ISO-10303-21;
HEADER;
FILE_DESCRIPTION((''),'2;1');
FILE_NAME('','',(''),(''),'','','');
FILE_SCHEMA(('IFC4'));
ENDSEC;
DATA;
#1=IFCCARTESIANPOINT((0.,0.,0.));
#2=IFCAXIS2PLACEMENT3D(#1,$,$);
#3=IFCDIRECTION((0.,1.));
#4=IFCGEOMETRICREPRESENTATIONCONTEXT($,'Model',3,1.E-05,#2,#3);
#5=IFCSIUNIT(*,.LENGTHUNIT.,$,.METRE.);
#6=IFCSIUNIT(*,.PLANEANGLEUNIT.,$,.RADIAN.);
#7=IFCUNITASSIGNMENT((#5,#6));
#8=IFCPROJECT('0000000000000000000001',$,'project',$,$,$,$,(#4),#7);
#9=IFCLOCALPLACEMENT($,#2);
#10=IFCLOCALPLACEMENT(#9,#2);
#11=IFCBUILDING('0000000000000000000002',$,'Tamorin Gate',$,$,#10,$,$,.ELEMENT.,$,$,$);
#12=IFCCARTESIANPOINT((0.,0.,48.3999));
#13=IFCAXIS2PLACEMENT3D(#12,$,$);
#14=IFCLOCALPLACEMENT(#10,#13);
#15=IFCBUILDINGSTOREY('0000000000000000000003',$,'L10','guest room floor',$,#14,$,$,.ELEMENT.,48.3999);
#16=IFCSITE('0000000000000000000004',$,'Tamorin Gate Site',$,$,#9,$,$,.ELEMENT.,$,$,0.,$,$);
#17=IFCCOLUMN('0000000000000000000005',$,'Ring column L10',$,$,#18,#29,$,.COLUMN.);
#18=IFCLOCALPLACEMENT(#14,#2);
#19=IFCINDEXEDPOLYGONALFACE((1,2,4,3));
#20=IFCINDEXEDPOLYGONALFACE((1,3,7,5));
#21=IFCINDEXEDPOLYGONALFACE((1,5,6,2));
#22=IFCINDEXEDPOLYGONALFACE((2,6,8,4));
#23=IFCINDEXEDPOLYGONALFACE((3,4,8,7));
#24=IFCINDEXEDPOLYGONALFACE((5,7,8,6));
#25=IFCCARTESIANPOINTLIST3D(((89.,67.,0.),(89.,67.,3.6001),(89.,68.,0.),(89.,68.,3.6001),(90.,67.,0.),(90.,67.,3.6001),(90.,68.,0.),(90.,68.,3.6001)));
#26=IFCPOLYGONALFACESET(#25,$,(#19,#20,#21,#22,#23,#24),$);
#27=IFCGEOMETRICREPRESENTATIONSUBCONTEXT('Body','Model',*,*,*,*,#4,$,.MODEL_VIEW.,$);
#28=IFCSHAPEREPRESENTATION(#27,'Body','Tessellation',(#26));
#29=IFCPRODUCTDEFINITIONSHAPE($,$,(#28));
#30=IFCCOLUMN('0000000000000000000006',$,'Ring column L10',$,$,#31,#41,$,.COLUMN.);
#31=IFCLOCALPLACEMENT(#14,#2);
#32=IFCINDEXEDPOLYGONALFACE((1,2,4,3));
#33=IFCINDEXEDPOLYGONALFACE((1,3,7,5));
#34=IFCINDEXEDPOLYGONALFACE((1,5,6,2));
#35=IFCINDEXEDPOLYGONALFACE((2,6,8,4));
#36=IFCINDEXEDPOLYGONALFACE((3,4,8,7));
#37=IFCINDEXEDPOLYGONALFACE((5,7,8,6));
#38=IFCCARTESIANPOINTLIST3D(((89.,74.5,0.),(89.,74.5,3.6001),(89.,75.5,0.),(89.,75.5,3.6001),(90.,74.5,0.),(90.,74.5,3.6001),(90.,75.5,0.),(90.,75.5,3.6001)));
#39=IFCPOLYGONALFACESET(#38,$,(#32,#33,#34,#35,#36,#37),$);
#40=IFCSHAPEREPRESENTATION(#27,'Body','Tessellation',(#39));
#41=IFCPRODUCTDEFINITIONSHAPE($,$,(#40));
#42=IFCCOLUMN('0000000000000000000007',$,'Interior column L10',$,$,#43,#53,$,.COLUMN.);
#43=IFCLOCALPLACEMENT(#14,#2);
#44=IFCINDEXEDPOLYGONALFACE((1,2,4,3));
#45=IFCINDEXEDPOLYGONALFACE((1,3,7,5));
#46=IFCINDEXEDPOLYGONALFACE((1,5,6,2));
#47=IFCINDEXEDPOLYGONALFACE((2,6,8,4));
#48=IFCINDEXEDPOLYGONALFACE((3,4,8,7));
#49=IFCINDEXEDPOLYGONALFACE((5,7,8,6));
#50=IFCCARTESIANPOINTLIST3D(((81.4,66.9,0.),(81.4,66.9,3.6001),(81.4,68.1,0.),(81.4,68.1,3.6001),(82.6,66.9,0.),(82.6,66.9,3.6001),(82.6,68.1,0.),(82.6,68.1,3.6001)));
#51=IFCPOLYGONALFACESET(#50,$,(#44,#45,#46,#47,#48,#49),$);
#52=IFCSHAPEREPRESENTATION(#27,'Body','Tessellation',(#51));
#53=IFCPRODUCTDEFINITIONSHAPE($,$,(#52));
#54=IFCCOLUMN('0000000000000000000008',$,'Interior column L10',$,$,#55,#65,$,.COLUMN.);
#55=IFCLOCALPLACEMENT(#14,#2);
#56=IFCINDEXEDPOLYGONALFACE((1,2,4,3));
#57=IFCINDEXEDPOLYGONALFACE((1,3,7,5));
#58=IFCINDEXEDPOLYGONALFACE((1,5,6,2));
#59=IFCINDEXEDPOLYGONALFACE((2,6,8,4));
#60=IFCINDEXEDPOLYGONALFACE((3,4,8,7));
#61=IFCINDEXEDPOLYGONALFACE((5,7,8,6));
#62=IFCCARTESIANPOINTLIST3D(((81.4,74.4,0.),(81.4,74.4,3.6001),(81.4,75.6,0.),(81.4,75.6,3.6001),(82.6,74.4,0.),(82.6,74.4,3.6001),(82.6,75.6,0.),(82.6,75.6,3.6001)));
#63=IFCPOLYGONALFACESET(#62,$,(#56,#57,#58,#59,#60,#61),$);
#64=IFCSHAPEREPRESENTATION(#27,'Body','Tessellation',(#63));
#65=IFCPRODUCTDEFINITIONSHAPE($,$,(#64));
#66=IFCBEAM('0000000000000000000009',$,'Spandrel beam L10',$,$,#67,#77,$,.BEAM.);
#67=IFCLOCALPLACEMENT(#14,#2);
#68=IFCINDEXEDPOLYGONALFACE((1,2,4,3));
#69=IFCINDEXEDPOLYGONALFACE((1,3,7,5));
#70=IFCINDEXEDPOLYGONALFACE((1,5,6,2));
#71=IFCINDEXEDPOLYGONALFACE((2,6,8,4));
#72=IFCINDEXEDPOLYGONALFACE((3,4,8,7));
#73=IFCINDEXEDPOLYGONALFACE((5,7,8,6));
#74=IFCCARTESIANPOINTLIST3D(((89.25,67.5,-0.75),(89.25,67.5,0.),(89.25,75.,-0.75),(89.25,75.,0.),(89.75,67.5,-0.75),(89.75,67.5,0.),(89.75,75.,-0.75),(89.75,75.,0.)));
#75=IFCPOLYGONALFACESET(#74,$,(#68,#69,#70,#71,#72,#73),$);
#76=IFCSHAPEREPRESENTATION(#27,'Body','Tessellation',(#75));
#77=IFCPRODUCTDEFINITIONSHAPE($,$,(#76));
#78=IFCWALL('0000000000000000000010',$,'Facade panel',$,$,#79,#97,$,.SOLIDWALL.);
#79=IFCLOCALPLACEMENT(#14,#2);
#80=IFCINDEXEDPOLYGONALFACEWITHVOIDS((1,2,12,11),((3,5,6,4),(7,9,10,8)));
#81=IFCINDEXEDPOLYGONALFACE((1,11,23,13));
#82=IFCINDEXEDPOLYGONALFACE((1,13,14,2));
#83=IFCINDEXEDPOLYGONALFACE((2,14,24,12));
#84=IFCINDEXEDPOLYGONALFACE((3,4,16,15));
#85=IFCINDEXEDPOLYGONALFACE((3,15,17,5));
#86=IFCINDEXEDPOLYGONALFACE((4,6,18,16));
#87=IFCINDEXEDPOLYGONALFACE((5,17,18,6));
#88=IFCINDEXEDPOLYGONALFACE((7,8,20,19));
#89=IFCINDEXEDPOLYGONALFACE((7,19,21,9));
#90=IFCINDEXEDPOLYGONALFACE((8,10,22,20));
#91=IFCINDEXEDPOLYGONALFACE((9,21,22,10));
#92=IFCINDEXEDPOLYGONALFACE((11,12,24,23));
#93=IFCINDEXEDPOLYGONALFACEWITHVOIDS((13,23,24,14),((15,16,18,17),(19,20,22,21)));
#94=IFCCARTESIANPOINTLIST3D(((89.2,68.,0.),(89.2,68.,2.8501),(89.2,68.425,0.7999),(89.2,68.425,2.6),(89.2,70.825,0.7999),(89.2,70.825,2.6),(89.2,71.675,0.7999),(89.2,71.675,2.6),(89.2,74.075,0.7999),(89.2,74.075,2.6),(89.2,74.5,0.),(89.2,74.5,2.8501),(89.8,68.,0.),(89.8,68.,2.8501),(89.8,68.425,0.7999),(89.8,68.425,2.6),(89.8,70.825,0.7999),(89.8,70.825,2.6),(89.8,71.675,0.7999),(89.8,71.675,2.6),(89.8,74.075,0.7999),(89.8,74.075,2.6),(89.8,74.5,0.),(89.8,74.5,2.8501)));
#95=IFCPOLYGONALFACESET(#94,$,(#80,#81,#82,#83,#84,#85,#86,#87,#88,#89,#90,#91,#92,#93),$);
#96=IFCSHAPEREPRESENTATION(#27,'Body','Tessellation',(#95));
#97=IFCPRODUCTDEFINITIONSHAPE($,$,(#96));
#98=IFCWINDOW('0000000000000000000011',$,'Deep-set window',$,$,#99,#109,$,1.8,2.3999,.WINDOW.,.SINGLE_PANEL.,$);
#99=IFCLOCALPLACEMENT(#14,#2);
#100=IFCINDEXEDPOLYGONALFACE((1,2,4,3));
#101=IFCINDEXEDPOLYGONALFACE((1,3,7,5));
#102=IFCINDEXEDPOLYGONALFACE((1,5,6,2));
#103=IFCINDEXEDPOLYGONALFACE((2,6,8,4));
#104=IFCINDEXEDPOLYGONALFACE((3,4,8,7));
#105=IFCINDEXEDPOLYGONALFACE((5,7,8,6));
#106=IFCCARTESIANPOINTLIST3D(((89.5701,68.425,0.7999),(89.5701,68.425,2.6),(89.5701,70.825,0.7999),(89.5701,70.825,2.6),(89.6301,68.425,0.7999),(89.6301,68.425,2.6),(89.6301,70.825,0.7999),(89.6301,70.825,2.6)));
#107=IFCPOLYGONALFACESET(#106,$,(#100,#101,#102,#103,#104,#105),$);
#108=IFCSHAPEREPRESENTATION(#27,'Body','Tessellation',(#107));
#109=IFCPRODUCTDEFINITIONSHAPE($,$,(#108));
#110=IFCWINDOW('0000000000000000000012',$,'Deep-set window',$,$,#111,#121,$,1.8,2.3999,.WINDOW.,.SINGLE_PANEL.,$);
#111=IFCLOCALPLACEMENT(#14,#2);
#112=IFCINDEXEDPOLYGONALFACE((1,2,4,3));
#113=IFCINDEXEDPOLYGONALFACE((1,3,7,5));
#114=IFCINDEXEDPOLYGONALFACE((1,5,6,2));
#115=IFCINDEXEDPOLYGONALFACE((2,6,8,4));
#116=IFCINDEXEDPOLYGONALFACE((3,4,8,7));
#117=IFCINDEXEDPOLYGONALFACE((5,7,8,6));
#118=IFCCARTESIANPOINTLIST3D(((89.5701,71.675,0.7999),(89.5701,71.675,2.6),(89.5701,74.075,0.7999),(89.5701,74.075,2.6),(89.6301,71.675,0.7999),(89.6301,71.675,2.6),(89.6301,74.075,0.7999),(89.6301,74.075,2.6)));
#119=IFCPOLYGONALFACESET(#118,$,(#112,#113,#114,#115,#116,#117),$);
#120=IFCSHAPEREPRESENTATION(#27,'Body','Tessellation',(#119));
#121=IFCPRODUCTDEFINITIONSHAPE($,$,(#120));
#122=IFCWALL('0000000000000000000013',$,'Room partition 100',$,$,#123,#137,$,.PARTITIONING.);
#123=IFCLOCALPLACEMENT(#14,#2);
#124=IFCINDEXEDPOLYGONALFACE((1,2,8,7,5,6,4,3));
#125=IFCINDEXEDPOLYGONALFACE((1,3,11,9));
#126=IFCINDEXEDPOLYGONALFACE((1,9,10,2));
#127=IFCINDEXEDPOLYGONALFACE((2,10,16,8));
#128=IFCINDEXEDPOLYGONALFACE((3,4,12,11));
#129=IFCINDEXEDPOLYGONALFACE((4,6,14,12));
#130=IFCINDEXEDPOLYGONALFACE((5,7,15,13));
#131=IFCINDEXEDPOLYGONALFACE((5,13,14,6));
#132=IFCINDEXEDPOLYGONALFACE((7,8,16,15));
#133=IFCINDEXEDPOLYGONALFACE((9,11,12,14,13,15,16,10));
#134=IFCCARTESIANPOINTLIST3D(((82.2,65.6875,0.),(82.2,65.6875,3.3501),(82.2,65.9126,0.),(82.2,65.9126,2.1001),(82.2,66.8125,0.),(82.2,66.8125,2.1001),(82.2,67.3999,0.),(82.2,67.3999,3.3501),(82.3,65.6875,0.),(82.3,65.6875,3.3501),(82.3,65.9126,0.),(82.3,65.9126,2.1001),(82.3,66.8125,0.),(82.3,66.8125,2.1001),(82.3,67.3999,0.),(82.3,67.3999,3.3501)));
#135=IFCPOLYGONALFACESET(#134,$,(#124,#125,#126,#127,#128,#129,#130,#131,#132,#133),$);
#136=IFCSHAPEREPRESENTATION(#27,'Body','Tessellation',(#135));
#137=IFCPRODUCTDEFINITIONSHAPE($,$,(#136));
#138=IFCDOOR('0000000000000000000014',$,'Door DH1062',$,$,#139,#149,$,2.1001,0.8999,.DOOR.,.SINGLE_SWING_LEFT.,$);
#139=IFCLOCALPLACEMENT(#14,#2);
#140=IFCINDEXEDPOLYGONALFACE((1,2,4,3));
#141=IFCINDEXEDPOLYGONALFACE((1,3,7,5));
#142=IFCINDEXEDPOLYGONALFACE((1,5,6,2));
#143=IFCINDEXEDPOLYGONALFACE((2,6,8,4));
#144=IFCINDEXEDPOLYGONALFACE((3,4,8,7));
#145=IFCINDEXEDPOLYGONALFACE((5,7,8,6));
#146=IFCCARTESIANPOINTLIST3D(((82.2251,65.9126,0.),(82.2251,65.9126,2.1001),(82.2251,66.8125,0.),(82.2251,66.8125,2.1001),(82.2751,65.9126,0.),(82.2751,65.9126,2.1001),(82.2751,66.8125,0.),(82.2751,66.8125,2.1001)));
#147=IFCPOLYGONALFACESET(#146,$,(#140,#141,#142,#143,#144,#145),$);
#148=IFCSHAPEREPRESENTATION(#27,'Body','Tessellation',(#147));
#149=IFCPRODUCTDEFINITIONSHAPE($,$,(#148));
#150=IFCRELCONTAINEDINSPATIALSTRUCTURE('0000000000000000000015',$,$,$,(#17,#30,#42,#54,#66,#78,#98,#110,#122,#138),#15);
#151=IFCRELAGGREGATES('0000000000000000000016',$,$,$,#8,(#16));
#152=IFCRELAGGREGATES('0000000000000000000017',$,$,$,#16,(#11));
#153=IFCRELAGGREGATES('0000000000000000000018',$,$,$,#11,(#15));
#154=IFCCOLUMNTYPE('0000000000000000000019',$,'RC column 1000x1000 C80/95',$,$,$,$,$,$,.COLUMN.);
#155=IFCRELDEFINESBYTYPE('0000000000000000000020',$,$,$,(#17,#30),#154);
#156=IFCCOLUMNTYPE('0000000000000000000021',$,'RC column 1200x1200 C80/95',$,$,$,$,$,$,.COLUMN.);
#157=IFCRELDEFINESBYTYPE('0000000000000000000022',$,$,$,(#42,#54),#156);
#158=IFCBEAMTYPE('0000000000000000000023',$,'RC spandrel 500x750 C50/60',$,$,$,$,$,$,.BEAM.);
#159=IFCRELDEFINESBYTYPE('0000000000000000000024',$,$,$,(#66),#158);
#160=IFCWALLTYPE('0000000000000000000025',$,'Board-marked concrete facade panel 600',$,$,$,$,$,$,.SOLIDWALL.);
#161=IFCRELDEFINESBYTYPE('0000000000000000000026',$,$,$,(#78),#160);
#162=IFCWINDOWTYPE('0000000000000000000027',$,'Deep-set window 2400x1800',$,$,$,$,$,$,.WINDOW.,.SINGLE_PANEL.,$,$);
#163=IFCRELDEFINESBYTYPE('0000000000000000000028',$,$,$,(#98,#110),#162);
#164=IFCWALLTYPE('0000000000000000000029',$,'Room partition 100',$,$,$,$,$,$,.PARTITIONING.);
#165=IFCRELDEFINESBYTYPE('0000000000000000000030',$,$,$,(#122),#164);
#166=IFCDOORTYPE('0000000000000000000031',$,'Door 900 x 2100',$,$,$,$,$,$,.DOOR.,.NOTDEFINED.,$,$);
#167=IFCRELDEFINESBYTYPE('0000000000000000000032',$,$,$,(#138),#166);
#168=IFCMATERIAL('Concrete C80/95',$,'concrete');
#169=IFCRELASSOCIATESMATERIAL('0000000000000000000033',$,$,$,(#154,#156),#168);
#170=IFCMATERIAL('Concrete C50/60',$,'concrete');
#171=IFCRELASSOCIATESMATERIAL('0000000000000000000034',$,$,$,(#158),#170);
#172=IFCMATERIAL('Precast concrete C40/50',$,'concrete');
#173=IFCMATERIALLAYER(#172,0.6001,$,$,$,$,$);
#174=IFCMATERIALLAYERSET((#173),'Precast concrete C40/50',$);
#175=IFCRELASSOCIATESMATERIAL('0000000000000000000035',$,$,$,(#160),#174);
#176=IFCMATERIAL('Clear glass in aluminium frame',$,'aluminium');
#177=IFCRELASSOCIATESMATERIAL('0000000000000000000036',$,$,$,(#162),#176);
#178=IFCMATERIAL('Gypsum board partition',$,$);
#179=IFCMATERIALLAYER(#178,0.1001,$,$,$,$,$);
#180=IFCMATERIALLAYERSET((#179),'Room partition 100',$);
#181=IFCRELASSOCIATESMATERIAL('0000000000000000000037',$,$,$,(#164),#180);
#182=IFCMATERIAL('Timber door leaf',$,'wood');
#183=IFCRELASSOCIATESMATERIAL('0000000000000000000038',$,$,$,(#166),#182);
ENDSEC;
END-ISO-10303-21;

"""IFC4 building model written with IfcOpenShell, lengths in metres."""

from ifc_helpers import new_model, si_unit, direction, frame, frame_2d, origin, origin_2d, place, context, subcontext, project, spatial, rectangle, extrude, material, layer, layer_set, material_profile, profile_set, type_object, element, fill, save


model = new_model("IFC4")

# Units and contexts
model_context = context("Model", 3, precision=1e-05, world=origin(), true_north=direction((0.0, 1.0)))
body_context = subcontext(model_context, "Body", "Model", "MODEL_VIEW")
ifc_project = project(units=[si_unit("LENGTHUNIT", "METRE"), si_unit("PLANEANGLEUNIT", "RADIAN")], contexts=[model_context])

# Site, building, storey
site_placement = place(None, origin())
site = spatial("IfcSite", under=ifc_project, at=site_placement, Name="Tamorin Gate Site", CompositionType="ELEMENT", RefElevation=0.0)
building_placement = place(site_placement, origin())
building = spatial("IfcBuilding", under=site, at=building_placement, Name="Tamorin Gate", CompositionType="ELEMENT")
storey_placement = place(building_placement, frame((0.0, 0.0, 48.3999)))
storey = spatial("IfcBuildingStorey", under=building, at=storey_placement, Name="L10", Description="guest room floor", CompositionType="ELEMENT", Elevation=48.3999)

# Columns
ifc_material_1 = material(Name="Concrete C80/95", Category="concrete")
ifc_material_profile_1 = material_profile(ifc_material_1, rectangle(XDim=1.0, YDim=1.0, at=origin_2d()), Name="RC 1000x1000")
ifc_profile_set_1 = profile_set([ifc_material_profile_1], Name="Concrete C80/95")
column_type_1 = type_object("IfcColumnType", Name="RC column 1000x1000 C80/95", PredefinedType="COLUMN", material=ifc_profile_set_1)
for number, where, z_axis, x_axis, name in (
    (1, (89.5, 67.5, 0.0), (0.0, 0.0, 1.0), (1.0, 0.0, 0.0), "Ring column L10"),
    (2, (89.5, 75.0, 0.0), (0.0, 0.0, 1.0), (1.0, 0.0, 0.0), "Ring column L10"),
):
    element("IfcColumn", number, at=place(storey_placement, frame(where, z_axis=z_axis, x_axis=x_axis)), inside=storey, type_object=column_type_1, Name=name, PredefinedType="COLUMN", context=body_context, shape_type="SweptSolid", body=[
        extrude(rectangle(XDim=1.0, YDim=1.0, at=origin_2d()), origin(), (0.0, 0.0, 1.0), 3.6001),
    ])
ifc_material_profile_2 = material_profile(ifc_material_1, rectangle(XDim=1.2, YDim=1.2, at=origin_2d()), Name="RC 1200x1200")
ifc_profile_set_2 = profile_set([ifc_material_profile_2], Name="Concrete C80/95")
column_type_2 = type_object("IfcColumnType", Name="RC column 1200x1200 C80/95", PredefinedType="COLUMN", material=ifc_profile_set_2)
for number, where, z_axis, x_axis, name in (
    (3, (82.0, 67.5, 0.0), (0.0, 0.0, 1.0), (1.0, 0.0, 0.0), "Interior column L10"),
    (4, (82.0, 75.0, 0.0), (0.0, 0.0, 1.0), (1.0, 0.0, 0.0), "Interior column L10"),
):
    element("IfcColumn", number, at=place(storey_placement, frame(where, z_axis=z_axis, x_axis=x_axis)), inside=storey, type_object=column_type_2, Name=name, PredefinedType="COLUMN", context=body_context, shape_type="SweptSolid", body=[
        extrude(rectangle(XDim=1.2, YDim=1.2, at=origin_2d()), origin(), (0.0, 0.0, 1.0), 3.6001),
    ])

# Beam
ifc_material_2 = material(Name="Concrete C50/60", Category="concrete")
ifc_material_profile_3 = material_profile(ifc_material_2, rectangle(XDim=0.5, YDim=0.75, at=origin_2d()), Name="RC 500x750")
ifc_profile_set_3 = profile_set([ifc_material_profile_3], Name="Concrete C50/60")
beam_type = type_object("IfcBeamType", Name="RC spandrel 500x750 C50/60", PredefinedType="BEAM", material=ifc_profile_set_3)
beam_placement = place(storey_placement, frame((89.5, 67.5, -0.375), z_axis=(0.0, 1.0, 0.0), x_axis=(-1.0, 0.0, 0.0)))
element("IfcBeam", 5, at=beam_placement, inside=storey, type_object=beam_type, Name="Spandrel beam L10", PredefinedType="BEAM", context=body_context, shape_type="SweptSolid", body=[
    extrude(rectangle(XDim=0.5, YDim=0.75, at=origin_2d()), origin(), (0.0, 0.0, 1.0), 7.5),
])

# Wall, openings, windows
ifc_material_3 = material(Name="Precast concrete C40/50", Category="concrete")
ifc_layer_1 = layer(ifc_material_3, 0.6001)
ifc_layer_set_1 = layer_set([ifc_layer_1], Name="Precast concrete C40/50")
wall_type_1 = type_object("IfcWallType", Name="Board-marked concrete facade panel 600", PredefinedType="SOLIDWALL", material=ifc_layer_set_1)
wall_1_placement = place(storey_placement, frame((89.5, 68.0, 0.0), z_axis=(0.0, 0.0, 1.0), x_axis=(0.0, 1.0, 0.0)))
wall_1 = element("IfcWall", 6, at=wall_1_placement, inside=storey, type_object=wall_type_1, Name="Facade panel", PredefinedType="SOLIDWALL", context=body_context, shape_type="SweptSolid", body=[
    extrude(rectangle(XDim=6.5, YDim=0.6001, at=frame_2d((3.25, 0.0))), origin(), (0.0, 0.0, 1.0), 2.8501),
])
opening_1_placement = place(wall_1_placement, frame((0.425, 0.0, 0.8)))
opening_1 = element("IfcOpeningElement", 7, at=opening_1_placement, cuts=wall_1, PredefinedType="OPENING", context=body_context, shape_type="SweptSolid", body=[
    extrude(rectangle(XDim=2.3999, YDim=1.8, at=frame_2d((1.2, 0.8999))), frame((0.0, 0.3101, 0.0), z_axis=(0.0, -1.0, 0.0), x_axis=(1.0, 0.0, 0.0)), (0.0, 0.0, 1.0), 0.6201),
])
opening_2_placement = place(wall_1_placement, frame((3.675, 0.0, 0.8)))
opening_2 = element("IfcOpeningElement", 8, at=opening_2_placement, cuts=wall_1, PredefinedType="OPENING", context=body_context, shape_type="SweptSolid", body=[
    extrude(rectangle(XDim=2.3999, YDim=1.8, at=frame_2d((1.2, 0.8999))), frame((0.0, 0.3101, 0.0), z_axis=(0.0, -1.0, 0.0), x_axis=(1.0, 0.0, 0.0)), (0.0, 0.0, 1.0), 0.6201),
])
ifc_material_4 = material(Name="Clear glass in aluminium frame", Category="aluminium")
window_type = type_object("IfcWindowType", Name="Deep-set window 2400x1800", PartitioningType="SINGLE_PANEL", PredefinedType="WINDOW", material=ifc_material_4)
window_1_placement = place(opening_1_placement, origin())
window_1 = element("IfcWindow", 9, at=window_1_placement, inside=storey, type_object=window_type, Name="Deep-set window", OverallHeight=1.8, OverallWidth=2.3999, PartitioningType="SINGLE_PANEL", PredefinedType="WINDOW", context=body_context, shape_type="SweptSolid", body=[
    extrude(rectangle(XDim=2.3999, YDim=1.8, at=frame_2d((1.2, 0.8999))), frame((0.0, -0.0701, 0.0), z_axis=(0.0, -1.0, 0.0), x_axis=(1.0, 0.0, 0.0)), (0.0, 0.0, 1.0), 0.0601),
])
fill(opening_1, window_1)
window_2_placement = place(opening_2_placement, origin())
window_2 = element("IfcWindow", 10, at=window_2_placement, inside=storey, type_object=window_type, Name="Deep-set window", OverallHeight=1.8, OverallWidth=2.3999, PartitioningType="SINGLE_PANEL", PredefinedType="WINDOW", context=body_context, shape_type="SweptSolid", body=[
    extrude(rectangle(XDim=2.3999, YDim=1.8, at=frame_2d((1.2, 0.8999))), frame((0.0, -0.0701, 0.0), z_axis=(0.0, -1.0, 0.0), x_axis=(1.0, 0.0, 0.0)), (0.0, 0.0, 1.0), 0.0601),
])
fill(opening_2, window_2)

# Wall, opening, door
ifc_material_5 = material(Name="Gypsum board partition")
ifc_layer_2 = layer(ifc_material_5, 0.1001)
ifc_layer_set_2 = layer_set([ifc_layer_2], Name="Room partition 100")
wall_type_2 = type_object("IfcWallType", Name="Room partition 100", PredefinedType="PARTITIONING", material=ifc_layer_set_2)
wall_2_placement = place(storey_placement, frame((82.25, 65.6875, 0.0), z_axis=(0.0, 0.0, 1.0), x_axis=(0.0, 1.0, 0.0)))
wall_2 = element("IfcWall", 11, at=wall_2_placement, inside=storey, type_object=wall_type_2, Name="Room partition 100", PredefinedType="PARTITIONING", context=body_context, shape_type="SweptSolid", body=[
    extrude(rectangle(XDim=1.7124, YDim=0.1001, at=frame_2d((0.8562, 0.0))), origin(), (0.0, 0.0, 1.0), 3.3501),
])
opening_3_placement = place(wall_2_placement, frame((0.2251, 0.0, 0.0)))
opening_3 = element("IfcOpeningElement", 12, at=opening_3_placement, cuts=wall_2, PredefinedType="OPENING", context=body_context, shape_type="SweptSolid", body=[
    extrude(rectangle(XDim=0.8999, YDim=2.1001, at=frame_2d((0.45, 1.05))), frame((0.0, 0.0601, 0.0), z_axis=(0.0, -1.0, 0.0), x_axis=(1.0, 0.0, 0.0)), (0.0, 0.0, 1.0), 0.1201),
])
ifc_material_6 = material(Name="Timber door leaf", Category="wood")
door_type = type_object("IfcDoorType", Name="Door 900 x 2100", OperationType="NOTDEFINED", PredefinedType="DOOR", material=ifc_material_6)
door_1_placement = place(opening_3_placement, origin())
door_1 = element("IfcDoor", 13, at=door_1_placement, inside=storey, type_object=door_type, Name="Door DH1062", OperationType="SINGLE_SWING_LEFT", OverallHeight=2.1001, OverallWidth=0.8999, PredefinedType="DOOR", context=body_context, shape_type="SweptSolid", body=[
    extrude(rectangle(XDim=0.8999, YDim=2.1001, at=frame_2d((0.45, 1.05))), frame((0.0, 0.0249, 0.0), z_axis=(0.0, -1.0, 0.0), x_axis=(1.0, 0.0, 0.0)), (0.0, 0.0, 1.0), 0.05),
])
fill(opening_3, door_1)

save(model, "model.ifc")
